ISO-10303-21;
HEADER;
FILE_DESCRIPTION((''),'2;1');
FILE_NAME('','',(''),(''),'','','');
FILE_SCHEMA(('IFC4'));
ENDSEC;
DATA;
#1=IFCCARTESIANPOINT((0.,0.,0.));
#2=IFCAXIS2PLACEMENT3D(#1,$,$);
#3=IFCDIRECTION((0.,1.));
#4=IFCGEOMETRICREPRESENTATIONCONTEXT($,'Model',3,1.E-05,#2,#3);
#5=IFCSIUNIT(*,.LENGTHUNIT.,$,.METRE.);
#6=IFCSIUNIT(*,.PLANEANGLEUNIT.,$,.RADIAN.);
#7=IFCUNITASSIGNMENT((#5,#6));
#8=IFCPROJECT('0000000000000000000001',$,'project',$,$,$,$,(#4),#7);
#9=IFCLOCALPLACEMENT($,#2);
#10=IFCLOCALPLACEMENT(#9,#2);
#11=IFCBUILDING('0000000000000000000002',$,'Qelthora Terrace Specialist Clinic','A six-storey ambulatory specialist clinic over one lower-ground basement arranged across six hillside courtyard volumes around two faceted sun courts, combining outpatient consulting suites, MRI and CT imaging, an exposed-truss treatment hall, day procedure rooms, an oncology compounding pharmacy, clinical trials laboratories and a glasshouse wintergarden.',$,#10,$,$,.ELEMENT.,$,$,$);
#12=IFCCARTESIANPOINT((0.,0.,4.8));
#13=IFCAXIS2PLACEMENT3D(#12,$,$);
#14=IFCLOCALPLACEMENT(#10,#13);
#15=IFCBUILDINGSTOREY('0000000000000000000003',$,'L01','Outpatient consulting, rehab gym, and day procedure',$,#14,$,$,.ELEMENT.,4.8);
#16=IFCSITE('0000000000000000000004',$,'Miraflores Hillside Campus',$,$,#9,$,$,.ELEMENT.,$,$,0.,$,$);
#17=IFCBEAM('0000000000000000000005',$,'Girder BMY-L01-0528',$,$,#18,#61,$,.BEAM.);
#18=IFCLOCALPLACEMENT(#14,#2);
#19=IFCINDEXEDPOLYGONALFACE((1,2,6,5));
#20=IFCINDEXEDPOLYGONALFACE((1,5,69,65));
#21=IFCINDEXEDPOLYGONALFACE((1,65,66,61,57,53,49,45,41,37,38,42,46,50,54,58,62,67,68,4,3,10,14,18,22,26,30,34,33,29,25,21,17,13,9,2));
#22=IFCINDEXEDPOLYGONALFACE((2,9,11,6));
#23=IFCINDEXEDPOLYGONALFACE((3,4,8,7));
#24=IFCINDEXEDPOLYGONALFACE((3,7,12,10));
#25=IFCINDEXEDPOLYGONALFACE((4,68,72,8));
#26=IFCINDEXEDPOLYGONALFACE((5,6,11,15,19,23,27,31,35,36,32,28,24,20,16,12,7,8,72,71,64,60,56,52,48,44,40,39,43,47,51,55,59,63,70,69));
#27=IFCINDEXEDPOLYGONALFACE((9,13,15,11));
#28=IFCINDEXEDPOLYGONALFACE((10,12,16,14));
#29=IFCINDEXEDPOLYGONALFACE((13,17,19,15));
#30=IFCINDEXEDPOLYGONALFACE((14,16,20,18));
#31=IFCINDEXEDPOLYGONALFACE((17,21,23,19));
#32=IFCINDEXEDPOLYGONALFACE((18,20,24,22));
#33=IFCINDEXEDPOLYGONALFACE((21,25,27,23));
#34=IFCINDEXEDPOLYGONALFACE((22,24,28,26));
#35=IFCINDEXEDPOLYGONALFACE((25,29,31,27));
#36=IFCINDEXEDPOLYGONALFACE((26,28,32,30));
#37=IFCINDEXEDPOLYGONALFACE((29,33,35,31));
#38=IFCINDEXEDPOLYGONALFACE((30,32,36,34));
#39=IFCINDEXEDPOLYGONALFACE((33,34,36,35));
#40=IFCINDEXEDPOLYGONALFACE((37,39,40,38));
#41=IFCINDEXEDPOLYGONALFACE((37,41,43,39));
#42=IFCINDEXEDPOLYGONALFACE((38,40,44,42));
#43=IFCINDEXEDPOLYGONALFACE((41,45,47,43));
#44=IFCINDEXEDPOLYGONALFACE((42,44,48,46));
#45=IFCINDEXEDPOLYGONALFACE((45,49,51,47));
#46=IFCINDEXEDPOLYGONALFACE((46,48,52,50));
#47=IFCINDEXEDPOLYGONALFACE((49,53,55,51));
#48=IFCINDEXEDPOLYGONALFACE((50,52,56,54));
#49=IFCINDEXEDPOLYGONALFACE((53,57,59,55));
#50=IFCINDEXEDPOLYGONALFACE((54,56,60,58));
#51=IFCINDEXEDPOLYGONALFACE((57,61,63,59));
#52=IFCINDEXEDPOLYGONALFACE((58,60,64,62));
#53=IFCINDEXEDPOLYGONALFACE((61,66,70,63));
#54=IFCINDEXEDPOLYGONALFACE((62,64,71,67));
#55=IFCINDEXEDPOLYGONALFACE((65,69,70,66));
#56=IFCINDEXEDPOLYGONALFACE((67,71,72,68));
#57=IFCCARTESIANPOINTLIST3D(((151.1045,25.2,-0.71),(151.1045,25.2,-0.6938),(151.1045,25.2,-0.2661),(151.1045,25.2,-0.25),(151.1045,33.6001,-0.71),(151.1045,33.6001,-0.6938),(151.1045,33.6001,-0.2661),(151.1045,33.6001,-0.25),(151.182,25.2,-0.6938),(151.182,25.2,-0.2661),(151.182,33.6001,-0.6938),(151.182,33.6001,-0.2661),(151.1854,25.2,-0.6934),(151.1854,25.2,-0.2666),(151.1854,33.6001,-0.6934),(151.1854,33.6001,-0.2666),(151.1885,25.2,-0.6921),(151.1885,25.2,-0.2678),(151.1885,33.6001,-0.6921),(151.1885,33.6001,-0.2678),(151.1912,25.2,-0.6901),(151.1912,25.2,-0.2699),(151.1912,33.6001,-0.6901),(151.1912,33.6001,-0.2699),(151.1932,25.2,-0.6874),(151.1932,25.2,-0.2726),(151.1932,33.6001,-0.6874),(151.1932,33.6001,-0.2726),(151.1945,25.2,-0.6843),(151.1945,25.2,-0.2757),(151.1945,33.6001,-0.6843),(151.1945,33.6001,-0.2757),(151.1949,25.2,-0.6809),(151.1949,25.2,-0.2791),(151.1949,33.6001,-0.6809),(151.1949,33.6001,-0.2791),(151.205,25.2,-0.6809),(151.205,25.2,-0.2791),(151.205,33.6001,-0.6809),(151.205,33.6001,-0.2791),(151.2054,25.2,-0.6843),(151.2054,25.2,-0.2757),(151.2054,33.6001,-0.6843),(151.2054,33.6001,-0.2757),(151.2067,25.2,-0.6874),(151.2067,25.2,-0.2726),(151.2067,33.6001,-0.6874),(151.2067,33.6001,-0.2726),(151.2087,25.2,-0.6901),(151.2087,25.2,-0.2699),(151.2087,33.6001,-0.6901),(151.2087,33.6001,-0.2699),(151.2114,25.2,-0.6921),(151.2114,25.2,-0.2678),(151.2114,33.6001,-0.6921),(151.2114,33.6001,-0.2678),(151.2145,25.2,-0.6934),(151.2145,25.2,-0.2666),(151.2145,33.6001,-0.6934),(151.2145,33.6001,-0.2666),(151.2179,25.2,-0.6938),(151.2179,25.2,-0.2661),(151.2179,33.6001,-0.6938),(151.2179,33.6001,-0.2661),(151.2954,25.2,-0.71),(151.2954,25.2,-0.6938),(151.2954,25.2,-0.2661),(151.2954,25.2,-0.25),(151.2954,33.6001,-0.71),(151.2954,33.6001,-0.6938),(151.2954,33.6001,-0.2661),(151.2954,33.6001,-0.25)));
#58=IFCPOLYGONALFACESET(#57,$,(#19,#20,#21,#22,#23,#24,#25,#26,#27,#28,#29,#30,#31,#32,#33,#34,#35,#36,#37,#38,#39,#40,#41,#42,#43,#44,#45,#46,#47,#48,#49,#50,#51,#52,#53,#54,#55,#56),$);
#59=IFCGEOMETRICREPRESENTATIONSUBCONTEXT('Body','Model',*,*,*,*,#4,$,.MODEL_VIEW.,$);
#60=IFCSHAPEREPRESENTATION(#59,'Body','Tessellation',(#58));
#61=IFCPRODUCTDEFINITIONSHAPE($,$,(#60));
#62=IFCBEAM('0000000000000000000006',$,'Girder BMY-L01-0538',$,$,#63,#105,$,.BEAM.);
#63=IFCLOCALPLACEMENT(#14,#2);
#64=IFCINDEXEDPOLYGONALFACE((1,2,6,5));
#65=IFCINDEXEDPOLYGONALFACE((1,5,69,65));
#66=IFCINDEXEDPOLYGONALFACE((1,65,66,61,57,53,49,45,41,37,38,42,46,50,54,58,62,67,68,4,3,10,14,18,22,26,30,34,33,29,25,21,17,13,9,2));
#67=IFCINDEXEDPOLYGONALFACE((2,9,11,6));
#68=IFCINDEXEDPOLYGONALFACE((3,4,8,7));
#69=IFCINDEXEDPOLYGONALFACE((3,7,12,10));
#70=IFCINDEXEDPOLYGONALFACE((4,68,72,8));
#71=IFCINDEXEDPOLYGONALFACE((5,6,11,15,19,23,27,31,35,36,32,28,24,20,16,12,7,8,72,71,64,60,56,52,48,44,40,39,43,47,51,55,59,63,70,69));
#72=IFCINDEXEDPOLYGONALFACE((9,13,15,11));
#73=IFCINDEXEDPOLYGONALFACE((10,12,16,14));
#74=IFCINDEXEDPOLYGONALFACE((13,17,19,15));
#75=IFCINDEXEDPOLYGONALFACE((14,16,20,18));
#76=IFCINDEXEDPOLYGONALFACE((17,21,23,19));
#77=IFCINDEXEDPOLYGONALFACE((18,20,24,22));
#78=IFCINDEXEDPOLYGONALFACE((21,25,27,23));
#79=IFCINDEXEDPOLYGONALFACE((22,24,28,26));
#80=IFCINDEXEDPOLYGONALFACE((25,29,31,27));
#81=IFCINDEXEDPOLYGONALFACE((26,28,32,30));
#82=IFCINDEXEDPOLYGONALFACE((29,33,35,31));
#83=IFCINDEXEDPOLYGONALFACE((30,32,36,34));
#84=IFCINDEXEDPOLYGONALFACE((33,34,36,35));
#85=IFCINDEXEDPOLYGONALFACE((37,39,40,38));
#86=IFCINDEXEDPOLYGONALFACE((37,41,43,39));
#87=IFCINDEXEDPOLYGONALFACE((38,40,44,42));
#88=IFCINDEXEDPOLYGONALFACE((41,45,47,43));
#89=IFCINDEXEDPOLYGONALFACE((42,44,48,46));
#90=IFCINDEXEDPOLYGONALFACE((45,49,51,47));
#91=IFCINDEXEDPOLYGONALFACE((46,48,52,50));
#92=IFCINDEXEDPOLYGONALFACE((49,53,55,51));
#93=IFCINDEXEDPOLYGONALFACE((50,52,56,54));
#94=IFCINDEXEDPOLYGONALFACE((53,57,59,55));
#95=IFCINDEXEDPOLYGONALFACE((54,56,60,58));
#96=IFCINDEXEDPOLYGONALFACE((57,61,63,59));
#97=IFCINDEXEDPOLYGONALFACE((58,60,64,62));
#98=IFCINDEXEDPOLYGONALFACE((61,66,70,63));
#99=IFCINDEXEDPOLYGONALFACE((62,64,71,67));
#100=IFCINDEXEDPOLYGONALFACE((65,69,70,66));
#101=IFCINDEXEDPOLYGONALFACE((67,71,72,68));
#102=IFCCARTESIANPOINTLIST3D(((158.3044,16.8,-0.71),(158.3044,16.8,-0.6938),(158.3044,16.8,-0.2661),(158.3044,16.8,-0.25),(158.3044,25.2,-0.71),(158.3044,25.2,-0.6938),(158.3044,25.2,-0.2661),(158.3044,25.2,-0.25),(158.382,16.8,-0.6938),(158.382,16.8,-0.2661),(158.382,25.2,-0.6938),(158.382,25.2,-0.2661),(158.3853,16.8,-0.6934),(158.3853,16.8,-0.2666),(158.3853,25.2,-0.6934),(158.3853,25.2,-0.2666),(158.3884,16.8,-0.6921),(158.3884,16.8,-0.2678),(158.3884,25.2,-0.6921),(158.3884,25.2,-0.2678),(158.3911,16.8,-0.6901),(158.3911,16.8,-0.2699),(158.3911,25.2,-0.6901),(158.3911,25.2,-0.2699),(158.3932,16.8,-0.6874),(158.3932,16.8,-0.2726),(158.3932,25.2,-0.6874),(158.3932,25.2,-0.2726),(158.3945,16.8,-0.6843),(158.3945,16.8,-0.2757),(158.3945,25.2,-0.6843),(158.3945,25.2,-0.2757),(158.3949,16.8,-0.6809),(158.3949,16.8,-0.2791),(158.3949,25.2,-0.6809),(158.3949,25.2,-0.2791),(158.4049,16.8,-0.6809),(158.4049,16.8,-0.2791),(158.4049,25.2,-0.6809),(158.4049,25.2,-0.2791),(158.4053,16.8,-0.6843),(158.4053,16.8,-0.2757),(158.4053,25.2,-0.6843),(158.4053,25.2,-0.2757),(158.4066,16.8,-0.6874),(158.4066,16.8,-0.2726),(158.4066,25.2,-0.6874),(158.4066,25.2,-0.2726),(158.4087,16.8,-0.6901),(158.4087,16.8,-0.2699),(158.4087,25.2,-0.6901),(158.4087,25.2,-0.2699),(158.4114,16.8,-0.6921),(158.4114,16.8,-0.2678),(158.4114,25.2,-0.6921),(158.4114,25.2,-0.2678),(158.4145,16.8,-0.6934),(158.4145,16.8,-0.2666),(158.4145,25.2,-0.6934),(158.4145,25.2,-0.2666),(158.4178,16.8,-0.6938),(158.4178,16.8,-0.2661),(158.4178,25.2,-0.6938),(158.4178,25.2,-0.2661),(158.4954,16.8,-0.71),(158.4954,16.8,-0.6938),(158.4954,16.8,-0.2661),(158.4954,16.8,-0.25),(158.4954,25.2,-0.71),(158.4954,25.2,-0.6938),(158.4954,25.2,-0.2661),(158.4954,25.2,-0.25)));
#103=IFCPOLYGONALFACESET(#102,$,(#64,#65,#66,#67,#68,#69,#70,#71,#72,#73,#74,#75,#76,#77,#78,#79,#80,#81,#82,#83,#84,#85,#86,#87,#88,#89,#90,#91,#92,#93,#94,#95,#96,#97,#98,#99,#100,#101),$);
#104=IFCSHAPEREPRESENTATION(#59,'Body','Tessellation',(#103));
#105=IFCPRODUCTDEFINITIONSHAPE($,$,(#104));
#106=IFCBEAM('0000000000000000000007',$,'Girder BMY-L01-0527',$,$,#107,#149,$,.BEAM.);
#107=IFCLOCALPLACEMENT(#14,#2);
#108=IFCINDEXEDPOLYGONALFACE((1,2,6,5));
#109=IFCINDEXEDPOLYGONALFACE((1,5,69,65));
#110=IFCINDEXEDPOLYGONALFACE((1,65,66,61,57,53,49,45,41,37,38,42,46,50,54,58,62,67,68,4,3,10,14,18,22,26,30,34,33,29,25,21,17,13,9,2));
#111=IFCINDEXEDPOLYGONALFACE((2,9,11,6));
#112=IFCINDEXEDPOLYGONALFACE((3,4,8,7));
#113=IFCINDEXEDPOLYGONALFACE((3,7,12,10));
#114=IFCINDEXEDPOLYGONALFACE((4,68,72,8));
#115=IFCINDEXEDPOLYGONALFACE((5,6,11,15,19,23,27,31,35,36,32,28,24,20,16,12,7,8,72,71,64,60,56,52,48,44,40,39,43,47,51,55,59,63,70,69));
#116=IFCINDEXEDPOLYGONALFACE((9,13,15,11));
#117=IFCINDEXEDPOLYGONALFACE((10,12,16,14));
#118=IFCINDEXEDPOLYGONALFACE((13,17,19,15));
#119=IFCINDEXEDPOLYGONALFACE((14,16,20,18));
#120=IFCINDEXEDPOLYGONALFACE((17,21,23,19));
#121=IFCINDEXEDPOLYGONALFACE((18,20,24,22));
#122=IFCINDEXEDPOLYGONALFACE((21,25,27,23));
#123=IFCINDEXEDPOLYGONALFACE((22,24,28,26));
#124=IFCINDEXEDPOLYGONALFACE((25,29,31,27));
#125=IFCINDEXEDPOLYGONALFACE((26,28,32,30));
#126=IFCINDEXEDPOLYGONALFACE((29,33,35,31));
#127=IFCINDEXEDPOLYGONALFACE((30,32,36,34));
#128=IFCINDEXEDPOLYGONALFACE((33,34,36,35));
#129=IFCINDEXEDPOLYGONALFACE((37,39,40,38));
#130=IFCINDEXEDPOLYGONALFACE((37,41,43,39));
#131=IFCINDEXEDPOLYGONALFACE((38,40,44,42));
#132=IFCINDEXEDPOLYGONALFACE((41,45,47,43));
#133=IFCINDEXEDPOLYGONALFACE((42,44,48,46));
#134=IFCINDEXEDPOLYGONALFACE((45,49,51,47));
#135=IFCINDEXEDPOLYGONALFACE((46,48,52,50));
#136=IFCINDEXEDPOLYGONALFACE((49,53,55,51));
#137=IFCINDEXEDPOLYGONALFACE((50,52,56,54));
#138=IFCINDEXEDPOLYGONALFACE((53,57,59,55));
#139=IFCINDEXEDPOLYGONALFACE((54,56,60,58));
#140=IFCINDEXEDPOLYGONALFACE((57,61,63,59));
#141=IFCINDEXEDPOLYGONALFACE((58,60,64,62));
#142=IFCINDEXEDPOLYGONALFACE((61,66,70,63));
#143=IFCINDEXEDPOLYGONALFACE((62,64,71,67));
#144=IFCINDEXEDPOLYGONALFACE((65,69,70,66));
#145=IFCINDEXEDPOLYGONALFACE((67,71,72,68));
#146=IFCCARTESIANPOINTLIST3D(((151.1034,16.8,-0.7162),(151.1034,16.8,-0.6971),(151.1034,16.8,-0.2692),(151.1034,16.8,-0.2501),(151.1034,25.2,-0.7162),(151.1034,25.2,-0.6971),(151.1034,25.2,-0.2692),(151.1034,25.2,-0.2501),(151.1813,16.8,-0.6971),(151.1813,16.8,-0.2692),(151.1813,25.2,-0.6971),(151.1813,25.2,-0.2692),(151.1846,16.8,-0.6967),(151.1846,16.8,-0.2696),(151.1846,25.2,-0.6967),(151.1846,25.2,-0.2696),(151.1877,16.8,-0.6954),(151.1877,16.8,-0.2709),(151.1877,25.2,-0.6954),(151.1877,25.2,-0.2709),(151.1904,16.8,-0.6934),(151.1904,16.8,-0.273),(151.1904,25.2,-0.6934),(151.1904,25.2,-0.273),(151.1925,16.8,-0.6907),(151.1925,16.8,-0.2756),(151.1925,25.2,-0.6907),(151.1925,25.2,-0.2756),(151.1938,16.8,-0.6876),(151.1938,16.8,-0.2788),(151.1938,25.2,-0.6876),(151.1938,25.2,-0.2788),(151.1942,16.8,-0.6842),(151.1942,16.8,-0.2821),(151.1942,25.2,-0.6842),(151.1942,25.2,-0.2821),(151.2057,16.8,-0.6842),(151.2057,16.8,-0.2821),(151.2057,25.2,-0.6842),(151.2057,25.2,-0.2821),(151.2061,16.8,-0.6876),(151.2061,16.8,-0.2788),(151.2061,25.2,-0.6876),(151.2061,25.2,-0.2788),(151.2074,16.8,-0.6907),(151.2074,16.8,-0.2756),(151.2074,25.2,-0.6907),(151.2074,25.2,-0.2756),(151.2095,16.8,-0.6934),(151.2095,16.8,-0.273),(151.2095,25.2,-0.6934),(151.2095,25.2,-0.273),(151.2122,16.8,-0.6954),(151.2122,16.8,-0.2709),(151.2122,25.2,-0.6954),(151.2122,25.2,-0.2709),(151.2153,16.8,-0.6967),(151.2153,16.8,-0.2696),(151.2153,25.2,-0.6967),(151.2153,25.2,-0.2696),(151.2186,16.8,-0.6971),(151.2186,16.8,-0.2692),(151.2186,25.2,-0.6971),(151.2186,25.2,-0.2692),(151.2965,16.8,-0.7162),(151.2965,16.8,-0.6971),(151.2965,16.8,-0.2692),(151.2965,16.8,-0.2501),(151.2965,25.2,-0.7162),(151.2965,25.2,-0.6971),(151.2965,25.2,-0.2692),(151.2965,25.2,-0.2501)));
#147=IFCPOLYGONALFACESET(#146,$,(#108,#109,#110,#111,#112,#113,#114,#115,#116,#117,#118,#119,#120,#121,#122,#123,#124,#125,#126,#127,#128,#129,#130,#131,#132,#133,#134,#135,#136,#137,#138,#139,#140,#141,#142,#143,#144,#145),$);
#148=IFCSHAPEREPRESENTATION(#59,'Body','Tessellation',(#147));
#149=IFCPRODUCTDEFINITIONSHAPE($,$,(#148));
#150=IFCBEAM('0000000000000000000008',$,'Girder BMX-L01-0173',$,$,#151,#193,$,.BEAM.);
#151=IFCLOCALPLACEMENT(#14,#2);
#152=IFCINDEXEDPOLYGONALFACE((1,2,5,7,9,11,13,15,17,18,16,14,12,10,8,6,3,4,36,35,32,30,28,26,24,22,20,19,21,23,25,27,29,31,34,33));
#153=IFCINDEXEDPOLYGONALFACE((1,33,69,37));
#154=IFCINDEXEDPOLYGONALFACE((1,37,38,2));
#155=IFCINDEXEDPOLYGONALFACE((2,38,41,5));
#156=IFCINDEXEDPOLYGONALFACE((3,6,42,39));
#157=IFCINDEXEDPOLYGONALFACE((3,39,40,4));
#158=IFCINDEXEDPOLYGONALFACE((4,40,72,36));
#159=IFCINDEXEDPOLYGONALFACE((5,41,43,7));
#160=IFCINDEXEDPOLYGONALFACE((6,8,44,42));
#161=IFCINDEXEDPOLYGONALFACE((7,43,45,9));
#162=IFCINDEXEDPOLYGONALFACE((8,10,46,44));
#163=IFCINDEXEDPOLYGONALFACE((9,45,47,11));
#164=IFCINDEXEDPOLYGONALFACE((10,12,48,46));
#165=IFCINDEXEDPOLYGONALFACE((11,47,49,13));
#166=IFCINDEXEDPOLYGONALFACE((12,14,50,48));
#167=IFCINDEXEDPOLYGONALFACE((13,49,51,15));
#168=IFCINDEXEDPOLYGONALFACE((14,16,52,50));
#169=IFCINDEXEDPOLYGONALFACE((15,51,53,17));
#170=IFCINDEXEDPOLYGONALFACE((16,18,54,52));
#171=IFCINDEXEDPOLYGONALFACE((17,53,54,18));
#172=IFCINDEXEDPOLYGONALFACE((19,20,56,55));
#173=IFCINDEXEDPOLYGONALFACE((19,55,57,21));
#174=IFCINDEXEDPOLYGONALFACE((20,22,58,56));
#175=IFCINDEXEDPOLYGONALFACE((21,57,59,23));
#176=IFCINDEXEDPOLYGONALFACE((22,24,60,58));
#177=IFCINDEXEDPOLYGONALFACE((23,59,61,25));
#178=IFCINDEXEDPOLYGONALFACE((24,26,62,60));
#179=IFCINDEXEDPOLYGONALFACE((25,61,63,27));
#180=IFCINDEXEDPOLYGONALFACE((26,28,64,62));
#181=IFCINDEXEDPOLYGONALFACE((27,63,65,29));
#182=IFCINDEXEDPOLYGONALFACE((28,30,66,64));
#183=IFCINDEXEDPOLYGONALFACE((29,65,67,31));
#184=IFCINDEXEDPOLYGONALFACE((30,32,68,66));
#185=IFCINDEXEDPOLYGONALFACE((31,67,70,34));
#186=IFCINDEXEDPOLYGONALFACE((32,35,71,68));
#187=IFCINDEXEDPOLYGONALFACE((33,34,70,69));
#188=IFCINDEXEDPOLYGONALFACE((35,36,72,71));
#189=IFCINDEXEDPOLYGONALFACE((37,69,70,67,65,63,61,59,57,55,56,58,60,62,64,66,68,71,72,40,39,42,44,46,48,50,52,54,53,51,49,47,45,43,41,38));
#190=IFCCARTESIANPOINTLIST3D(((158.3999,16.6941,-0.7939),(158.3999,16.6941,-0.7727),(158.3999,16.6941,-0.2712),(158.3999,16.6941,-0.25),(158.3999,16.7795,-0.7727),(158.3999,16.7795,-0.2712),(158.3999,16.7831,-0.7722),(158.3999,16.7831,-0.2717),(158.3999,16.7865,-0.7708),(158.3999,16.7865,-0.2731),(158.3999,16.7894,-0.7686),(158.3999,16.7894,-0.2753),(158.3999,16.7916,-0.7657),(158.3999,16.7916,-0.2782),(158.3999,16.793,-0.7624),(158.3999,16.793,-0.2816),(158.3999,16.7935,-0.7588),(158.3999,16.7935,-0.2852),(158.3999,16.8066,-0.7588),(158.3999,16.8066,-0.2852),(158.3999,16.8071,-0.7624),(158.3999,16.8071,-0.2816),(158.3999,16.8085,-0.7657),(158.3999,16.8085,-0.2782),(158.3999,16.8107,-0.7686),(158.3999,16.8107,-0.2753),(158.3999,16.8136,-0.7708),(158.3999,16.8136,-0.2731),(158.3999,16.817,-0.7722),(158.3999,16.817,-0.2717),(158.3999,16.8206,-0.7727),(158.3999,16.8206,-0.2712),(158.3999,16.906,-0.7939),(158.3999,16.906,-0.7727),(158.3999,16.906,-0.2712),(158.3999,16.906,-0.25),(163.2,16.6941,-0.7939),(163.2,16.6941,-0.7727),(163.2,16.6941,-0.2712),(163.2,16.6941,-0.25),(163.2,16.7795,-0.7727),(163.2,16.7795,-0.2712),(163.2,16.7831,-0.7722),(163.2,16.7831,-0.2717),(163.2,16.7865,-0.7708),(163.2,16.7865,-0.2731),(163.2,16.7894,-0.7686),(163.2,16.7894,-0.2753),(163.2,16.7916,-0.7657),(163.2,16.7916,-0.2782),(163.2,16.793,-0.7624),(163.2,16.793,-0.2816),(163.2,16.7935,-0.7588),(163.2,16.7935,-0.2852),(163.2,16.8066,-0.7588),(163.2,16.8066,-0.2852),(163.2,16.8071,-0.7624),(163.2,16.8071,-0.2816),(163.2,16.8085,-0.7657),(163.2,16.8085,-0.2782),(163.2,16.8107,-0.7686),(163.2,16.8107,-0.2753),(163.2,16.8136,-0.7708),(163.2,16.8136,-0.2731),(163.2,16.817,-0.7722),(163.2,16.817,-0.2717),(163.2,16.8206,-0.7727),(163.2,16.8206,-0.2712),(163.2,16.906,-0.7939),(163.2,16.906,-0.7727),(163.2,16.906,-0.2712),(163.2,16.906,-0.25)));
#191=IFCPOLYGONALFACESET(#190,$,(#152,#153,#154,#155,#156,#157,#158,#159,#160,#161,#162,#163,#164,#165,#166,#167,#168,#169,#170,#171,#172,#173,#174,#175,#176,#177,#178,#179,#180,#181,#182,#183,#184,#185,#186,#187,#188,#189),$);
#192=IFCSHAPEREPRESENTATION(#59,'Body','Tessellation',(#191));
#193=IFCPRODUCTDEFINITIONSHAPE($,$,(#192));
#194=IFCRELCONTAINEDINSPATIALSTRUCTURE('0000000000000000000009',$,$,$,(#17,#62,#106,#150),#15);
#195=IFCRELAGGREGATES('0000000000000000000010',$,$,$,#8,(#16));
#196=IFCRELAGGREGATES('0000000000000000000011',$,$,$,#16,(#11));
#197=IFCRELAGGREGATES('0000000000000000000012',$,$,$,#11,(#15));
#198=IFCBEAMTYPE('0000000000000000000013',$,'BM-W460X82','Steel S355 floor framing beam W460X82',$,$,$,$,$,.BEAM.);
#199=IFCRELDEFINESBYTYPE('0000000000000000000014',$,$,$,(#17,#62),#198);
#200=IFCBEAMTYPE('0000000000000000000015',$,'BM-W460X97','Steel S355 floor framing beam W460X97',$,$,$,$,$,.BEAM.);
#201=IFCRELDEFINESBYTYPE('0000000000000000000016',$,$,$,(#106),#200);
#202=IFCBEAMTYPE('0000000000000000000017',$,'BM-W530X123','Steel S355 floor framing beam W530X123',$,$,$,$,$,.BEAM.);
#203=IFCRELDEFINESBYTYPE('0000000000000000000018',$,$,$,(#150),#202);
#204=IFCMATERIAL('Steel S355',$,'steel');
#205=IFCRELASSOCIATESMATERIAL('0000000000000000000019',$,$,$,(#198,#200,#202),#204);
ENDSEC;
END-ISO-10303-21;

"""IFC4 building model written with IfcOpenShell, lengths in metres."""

from ifc_helpers import new_model, si_unit, direction, frame, origin, origin_2d, place, context, subcontext, project, spatial, i_section, extrude, material, material_profile, profile_set, type_object, element, save


model = new_model("IFC4")

# Units and contexts
model_context = context("Model", 3, precision=1e-05, world=origin(), true_north=direction((0.0, 1.0)))
body_context = subcontext(model_context, "Body", "Model", "MODEL_VIEW")
ifc_project = project(units=[si_unit("LENGTHUNIT", "METRE"), si_unit("PLANEANGLEUNIT", "RADIAN")], contexts=[model_context])

# Site, building, storey
site_placement = place(None, origin())
site = spatial("IfcSite", under=ifc_project, at=site_placement, Name="Miraflores Hillside Campus", CompositionType="ELEMENT", RefElevation=0.0)
building_placement = place(site_placement, origin())
building = spatial("IfcBuilding", under=site, at=building_placement, Name="Qelthora Terrace Specialist Clinic", Description="A six-storey ambulatory specialist clinic over one lower-ground basement arranged across six hillside courtyard volumes around two faceted sun courts, combining outpatient consulting suites, MRI and CT imaging, an exposed-truss treatment hall, day procedure rooms, an oncology compounding pharmacy, clinical trials laboratories and a glasshouse wintergarden.", CompositionType="ELEMENT")
storey_placement = place(building_placement, frame((0.0, 0.0, 4.8)))
storey = spatial("IfcBuildingStorey", under=building, at=storey_placement, Name="L01", Description="Outpatient consulting, rehab gym, and day procedure", CompositionType="ELEMENT", Elevation=4.8)

# Shared definitions
ifc_material_1 = material(Name="Steel S355", Category="steel")

# Beams
ifc_material_profile_1 = material_profile(ifc_material_1, i_section(OverallWidth=0.1909, OverallDepth=0.46, WebThickness=0.01, FlangeThickness=0.0161, FilletRadius=0.0129, at=origin_2d()), Name="W460X82")
ifc_profile_set_1 = profile_set([ifc_material_profile_1], Name="Steel S355")
beam_type_1 = type_object("IfcBeamType", Name="BM-W460X82", Description="Steel S355 floor framing beam W460X82", PredefinedType="BEAM", material=ifc_profile_set_1)
beam_1_placement = place(storey_placement, frame((151.2, 25.2, -0.48), z_axis=(0.0, 1.0, 0.0), x_axis=(-1.0, 0.0, 0.0)))
element("IfcBeam", 1, at=beam_1_placement, inside=storey, type_object=beam_type_1, Name="Girder BMY-L01-0528", PredefinedType="BEAM", context=body_context, shape_type="SweptSolid", body=[
    extrude(i_section(OverallWidth=0.1909, OverallDepth=0.46, WebThickness=0.01, FlangeThickness=0.0161, FilletRadius=0.0129, at=origin_2d()), origin(), (0.0, 0.0, 1.0), 8.4001),
])
beam_2_placement = place(storey_placement, frame((158.3999, 16.8, -0.48), z_axis=(0.0, 1.0, 0.0), x_axis=(-1.0, 0.0, 0.0)))
element("IfcBeam", 2, at=beam_2_placement, inside=storey, type_object=beam_type_1, Name="Girder BMY-L01-0538", PredefinedType="BEAM", context=body_context, shape_type="SweptSolid", body=[
    extrude(i_section(OverallWidth=0.1909, OverallDepth=0.46, WebThickness=0.01, FlangeThickness=0.0161, FilletRadius=0.0129, at=origin_2d()), origin(), (0.0, 0.0, 1.0), 8.3999),
])
ifc_material_profile_2 = material_profile(ifc_material_1, i_section(OverallWidth=0.1931, OverallDepth=0.4661, WebThickness=0.0115, FlangeThickness=0.019, FilletRadius=0.0129, at=origin_2d()), Name="W460X97")
ifc_profile_set_2 = profile_set([ifc_material_profile_2], Name="Steel S355")
beam_type_2 = type_object("IfcBeamType", Name="BM-W460X97", Description="Steel S355 floor framing beam W460X97", PredefinedType="BEAM", material=ifc_profile_set_2)
beam_3_placement = place(storey_placement, frame((151.2, 16.8, -0.4832), z_axis=(0.0, 1.0, 0.0), x_axis=(-1.0, 0.0, 0.0)))
element("IfcBeam", 3, at=beam_3_placement, inside=storey, type_object=beam_type_2, Name="Girder BMY-L01-0527", PredefinedType="BEAM", context=body_context, shape_type="SweptSolid", body=[
    extrude(i_section(OverallWidth=0.1931, OverallDepth=0.4661, WebThickness=0.0115, FlangeThickness=0.019, FilletRadius=0.0129, at=origin_2d()), origin(), (0.0, 0.0, 1.0), 8.3999),
])
ifc_material_profile_3 = material_profile(ifc_material_1, i_section(OverallWidth=0.2119, OverallDepth=0.5439, WebThickness=0.0132, FlangeThickness=0.0212, FilletRadius=0.0139, at=origin_2d()), Name="W530X123")
ifc_profile_set_3 = profile_set([ifc_material_profile_3], Name="Steel S355")
beam_type_3 = type_object("IfcBeamType", Name="BM-W530X123", Description="Steel S355 floor framing beam W530X123", PredefinedType="BEAM", material=ifc_profile_set_3)
beam_4_placement = place(storey_placement, frame((158.3999, 16.8, -0.522), z_axis=(1.0, 0.0, 0.0), x_axis=(0.0, 1.0, 0.0)))
element("IfcBeam", 4, at=beam_4_placement, inside=storey, type_object=beam_type_3, Name="Girder BMX-L01-0173", PredefinedType="BEAM", context=body_context, shape_type="SweptSolid", body=[
    extrude(i_section(OverallWidth=0.2119, OverallDepth=0.5439, WebThickness=0.0132, FlangeThickness=0.0212, FilletRadius=0.0139, at=origin_2d()), origin(), (0.0, 0.0, 1.0), 4.8),
])

save(model, "model.ifc")
